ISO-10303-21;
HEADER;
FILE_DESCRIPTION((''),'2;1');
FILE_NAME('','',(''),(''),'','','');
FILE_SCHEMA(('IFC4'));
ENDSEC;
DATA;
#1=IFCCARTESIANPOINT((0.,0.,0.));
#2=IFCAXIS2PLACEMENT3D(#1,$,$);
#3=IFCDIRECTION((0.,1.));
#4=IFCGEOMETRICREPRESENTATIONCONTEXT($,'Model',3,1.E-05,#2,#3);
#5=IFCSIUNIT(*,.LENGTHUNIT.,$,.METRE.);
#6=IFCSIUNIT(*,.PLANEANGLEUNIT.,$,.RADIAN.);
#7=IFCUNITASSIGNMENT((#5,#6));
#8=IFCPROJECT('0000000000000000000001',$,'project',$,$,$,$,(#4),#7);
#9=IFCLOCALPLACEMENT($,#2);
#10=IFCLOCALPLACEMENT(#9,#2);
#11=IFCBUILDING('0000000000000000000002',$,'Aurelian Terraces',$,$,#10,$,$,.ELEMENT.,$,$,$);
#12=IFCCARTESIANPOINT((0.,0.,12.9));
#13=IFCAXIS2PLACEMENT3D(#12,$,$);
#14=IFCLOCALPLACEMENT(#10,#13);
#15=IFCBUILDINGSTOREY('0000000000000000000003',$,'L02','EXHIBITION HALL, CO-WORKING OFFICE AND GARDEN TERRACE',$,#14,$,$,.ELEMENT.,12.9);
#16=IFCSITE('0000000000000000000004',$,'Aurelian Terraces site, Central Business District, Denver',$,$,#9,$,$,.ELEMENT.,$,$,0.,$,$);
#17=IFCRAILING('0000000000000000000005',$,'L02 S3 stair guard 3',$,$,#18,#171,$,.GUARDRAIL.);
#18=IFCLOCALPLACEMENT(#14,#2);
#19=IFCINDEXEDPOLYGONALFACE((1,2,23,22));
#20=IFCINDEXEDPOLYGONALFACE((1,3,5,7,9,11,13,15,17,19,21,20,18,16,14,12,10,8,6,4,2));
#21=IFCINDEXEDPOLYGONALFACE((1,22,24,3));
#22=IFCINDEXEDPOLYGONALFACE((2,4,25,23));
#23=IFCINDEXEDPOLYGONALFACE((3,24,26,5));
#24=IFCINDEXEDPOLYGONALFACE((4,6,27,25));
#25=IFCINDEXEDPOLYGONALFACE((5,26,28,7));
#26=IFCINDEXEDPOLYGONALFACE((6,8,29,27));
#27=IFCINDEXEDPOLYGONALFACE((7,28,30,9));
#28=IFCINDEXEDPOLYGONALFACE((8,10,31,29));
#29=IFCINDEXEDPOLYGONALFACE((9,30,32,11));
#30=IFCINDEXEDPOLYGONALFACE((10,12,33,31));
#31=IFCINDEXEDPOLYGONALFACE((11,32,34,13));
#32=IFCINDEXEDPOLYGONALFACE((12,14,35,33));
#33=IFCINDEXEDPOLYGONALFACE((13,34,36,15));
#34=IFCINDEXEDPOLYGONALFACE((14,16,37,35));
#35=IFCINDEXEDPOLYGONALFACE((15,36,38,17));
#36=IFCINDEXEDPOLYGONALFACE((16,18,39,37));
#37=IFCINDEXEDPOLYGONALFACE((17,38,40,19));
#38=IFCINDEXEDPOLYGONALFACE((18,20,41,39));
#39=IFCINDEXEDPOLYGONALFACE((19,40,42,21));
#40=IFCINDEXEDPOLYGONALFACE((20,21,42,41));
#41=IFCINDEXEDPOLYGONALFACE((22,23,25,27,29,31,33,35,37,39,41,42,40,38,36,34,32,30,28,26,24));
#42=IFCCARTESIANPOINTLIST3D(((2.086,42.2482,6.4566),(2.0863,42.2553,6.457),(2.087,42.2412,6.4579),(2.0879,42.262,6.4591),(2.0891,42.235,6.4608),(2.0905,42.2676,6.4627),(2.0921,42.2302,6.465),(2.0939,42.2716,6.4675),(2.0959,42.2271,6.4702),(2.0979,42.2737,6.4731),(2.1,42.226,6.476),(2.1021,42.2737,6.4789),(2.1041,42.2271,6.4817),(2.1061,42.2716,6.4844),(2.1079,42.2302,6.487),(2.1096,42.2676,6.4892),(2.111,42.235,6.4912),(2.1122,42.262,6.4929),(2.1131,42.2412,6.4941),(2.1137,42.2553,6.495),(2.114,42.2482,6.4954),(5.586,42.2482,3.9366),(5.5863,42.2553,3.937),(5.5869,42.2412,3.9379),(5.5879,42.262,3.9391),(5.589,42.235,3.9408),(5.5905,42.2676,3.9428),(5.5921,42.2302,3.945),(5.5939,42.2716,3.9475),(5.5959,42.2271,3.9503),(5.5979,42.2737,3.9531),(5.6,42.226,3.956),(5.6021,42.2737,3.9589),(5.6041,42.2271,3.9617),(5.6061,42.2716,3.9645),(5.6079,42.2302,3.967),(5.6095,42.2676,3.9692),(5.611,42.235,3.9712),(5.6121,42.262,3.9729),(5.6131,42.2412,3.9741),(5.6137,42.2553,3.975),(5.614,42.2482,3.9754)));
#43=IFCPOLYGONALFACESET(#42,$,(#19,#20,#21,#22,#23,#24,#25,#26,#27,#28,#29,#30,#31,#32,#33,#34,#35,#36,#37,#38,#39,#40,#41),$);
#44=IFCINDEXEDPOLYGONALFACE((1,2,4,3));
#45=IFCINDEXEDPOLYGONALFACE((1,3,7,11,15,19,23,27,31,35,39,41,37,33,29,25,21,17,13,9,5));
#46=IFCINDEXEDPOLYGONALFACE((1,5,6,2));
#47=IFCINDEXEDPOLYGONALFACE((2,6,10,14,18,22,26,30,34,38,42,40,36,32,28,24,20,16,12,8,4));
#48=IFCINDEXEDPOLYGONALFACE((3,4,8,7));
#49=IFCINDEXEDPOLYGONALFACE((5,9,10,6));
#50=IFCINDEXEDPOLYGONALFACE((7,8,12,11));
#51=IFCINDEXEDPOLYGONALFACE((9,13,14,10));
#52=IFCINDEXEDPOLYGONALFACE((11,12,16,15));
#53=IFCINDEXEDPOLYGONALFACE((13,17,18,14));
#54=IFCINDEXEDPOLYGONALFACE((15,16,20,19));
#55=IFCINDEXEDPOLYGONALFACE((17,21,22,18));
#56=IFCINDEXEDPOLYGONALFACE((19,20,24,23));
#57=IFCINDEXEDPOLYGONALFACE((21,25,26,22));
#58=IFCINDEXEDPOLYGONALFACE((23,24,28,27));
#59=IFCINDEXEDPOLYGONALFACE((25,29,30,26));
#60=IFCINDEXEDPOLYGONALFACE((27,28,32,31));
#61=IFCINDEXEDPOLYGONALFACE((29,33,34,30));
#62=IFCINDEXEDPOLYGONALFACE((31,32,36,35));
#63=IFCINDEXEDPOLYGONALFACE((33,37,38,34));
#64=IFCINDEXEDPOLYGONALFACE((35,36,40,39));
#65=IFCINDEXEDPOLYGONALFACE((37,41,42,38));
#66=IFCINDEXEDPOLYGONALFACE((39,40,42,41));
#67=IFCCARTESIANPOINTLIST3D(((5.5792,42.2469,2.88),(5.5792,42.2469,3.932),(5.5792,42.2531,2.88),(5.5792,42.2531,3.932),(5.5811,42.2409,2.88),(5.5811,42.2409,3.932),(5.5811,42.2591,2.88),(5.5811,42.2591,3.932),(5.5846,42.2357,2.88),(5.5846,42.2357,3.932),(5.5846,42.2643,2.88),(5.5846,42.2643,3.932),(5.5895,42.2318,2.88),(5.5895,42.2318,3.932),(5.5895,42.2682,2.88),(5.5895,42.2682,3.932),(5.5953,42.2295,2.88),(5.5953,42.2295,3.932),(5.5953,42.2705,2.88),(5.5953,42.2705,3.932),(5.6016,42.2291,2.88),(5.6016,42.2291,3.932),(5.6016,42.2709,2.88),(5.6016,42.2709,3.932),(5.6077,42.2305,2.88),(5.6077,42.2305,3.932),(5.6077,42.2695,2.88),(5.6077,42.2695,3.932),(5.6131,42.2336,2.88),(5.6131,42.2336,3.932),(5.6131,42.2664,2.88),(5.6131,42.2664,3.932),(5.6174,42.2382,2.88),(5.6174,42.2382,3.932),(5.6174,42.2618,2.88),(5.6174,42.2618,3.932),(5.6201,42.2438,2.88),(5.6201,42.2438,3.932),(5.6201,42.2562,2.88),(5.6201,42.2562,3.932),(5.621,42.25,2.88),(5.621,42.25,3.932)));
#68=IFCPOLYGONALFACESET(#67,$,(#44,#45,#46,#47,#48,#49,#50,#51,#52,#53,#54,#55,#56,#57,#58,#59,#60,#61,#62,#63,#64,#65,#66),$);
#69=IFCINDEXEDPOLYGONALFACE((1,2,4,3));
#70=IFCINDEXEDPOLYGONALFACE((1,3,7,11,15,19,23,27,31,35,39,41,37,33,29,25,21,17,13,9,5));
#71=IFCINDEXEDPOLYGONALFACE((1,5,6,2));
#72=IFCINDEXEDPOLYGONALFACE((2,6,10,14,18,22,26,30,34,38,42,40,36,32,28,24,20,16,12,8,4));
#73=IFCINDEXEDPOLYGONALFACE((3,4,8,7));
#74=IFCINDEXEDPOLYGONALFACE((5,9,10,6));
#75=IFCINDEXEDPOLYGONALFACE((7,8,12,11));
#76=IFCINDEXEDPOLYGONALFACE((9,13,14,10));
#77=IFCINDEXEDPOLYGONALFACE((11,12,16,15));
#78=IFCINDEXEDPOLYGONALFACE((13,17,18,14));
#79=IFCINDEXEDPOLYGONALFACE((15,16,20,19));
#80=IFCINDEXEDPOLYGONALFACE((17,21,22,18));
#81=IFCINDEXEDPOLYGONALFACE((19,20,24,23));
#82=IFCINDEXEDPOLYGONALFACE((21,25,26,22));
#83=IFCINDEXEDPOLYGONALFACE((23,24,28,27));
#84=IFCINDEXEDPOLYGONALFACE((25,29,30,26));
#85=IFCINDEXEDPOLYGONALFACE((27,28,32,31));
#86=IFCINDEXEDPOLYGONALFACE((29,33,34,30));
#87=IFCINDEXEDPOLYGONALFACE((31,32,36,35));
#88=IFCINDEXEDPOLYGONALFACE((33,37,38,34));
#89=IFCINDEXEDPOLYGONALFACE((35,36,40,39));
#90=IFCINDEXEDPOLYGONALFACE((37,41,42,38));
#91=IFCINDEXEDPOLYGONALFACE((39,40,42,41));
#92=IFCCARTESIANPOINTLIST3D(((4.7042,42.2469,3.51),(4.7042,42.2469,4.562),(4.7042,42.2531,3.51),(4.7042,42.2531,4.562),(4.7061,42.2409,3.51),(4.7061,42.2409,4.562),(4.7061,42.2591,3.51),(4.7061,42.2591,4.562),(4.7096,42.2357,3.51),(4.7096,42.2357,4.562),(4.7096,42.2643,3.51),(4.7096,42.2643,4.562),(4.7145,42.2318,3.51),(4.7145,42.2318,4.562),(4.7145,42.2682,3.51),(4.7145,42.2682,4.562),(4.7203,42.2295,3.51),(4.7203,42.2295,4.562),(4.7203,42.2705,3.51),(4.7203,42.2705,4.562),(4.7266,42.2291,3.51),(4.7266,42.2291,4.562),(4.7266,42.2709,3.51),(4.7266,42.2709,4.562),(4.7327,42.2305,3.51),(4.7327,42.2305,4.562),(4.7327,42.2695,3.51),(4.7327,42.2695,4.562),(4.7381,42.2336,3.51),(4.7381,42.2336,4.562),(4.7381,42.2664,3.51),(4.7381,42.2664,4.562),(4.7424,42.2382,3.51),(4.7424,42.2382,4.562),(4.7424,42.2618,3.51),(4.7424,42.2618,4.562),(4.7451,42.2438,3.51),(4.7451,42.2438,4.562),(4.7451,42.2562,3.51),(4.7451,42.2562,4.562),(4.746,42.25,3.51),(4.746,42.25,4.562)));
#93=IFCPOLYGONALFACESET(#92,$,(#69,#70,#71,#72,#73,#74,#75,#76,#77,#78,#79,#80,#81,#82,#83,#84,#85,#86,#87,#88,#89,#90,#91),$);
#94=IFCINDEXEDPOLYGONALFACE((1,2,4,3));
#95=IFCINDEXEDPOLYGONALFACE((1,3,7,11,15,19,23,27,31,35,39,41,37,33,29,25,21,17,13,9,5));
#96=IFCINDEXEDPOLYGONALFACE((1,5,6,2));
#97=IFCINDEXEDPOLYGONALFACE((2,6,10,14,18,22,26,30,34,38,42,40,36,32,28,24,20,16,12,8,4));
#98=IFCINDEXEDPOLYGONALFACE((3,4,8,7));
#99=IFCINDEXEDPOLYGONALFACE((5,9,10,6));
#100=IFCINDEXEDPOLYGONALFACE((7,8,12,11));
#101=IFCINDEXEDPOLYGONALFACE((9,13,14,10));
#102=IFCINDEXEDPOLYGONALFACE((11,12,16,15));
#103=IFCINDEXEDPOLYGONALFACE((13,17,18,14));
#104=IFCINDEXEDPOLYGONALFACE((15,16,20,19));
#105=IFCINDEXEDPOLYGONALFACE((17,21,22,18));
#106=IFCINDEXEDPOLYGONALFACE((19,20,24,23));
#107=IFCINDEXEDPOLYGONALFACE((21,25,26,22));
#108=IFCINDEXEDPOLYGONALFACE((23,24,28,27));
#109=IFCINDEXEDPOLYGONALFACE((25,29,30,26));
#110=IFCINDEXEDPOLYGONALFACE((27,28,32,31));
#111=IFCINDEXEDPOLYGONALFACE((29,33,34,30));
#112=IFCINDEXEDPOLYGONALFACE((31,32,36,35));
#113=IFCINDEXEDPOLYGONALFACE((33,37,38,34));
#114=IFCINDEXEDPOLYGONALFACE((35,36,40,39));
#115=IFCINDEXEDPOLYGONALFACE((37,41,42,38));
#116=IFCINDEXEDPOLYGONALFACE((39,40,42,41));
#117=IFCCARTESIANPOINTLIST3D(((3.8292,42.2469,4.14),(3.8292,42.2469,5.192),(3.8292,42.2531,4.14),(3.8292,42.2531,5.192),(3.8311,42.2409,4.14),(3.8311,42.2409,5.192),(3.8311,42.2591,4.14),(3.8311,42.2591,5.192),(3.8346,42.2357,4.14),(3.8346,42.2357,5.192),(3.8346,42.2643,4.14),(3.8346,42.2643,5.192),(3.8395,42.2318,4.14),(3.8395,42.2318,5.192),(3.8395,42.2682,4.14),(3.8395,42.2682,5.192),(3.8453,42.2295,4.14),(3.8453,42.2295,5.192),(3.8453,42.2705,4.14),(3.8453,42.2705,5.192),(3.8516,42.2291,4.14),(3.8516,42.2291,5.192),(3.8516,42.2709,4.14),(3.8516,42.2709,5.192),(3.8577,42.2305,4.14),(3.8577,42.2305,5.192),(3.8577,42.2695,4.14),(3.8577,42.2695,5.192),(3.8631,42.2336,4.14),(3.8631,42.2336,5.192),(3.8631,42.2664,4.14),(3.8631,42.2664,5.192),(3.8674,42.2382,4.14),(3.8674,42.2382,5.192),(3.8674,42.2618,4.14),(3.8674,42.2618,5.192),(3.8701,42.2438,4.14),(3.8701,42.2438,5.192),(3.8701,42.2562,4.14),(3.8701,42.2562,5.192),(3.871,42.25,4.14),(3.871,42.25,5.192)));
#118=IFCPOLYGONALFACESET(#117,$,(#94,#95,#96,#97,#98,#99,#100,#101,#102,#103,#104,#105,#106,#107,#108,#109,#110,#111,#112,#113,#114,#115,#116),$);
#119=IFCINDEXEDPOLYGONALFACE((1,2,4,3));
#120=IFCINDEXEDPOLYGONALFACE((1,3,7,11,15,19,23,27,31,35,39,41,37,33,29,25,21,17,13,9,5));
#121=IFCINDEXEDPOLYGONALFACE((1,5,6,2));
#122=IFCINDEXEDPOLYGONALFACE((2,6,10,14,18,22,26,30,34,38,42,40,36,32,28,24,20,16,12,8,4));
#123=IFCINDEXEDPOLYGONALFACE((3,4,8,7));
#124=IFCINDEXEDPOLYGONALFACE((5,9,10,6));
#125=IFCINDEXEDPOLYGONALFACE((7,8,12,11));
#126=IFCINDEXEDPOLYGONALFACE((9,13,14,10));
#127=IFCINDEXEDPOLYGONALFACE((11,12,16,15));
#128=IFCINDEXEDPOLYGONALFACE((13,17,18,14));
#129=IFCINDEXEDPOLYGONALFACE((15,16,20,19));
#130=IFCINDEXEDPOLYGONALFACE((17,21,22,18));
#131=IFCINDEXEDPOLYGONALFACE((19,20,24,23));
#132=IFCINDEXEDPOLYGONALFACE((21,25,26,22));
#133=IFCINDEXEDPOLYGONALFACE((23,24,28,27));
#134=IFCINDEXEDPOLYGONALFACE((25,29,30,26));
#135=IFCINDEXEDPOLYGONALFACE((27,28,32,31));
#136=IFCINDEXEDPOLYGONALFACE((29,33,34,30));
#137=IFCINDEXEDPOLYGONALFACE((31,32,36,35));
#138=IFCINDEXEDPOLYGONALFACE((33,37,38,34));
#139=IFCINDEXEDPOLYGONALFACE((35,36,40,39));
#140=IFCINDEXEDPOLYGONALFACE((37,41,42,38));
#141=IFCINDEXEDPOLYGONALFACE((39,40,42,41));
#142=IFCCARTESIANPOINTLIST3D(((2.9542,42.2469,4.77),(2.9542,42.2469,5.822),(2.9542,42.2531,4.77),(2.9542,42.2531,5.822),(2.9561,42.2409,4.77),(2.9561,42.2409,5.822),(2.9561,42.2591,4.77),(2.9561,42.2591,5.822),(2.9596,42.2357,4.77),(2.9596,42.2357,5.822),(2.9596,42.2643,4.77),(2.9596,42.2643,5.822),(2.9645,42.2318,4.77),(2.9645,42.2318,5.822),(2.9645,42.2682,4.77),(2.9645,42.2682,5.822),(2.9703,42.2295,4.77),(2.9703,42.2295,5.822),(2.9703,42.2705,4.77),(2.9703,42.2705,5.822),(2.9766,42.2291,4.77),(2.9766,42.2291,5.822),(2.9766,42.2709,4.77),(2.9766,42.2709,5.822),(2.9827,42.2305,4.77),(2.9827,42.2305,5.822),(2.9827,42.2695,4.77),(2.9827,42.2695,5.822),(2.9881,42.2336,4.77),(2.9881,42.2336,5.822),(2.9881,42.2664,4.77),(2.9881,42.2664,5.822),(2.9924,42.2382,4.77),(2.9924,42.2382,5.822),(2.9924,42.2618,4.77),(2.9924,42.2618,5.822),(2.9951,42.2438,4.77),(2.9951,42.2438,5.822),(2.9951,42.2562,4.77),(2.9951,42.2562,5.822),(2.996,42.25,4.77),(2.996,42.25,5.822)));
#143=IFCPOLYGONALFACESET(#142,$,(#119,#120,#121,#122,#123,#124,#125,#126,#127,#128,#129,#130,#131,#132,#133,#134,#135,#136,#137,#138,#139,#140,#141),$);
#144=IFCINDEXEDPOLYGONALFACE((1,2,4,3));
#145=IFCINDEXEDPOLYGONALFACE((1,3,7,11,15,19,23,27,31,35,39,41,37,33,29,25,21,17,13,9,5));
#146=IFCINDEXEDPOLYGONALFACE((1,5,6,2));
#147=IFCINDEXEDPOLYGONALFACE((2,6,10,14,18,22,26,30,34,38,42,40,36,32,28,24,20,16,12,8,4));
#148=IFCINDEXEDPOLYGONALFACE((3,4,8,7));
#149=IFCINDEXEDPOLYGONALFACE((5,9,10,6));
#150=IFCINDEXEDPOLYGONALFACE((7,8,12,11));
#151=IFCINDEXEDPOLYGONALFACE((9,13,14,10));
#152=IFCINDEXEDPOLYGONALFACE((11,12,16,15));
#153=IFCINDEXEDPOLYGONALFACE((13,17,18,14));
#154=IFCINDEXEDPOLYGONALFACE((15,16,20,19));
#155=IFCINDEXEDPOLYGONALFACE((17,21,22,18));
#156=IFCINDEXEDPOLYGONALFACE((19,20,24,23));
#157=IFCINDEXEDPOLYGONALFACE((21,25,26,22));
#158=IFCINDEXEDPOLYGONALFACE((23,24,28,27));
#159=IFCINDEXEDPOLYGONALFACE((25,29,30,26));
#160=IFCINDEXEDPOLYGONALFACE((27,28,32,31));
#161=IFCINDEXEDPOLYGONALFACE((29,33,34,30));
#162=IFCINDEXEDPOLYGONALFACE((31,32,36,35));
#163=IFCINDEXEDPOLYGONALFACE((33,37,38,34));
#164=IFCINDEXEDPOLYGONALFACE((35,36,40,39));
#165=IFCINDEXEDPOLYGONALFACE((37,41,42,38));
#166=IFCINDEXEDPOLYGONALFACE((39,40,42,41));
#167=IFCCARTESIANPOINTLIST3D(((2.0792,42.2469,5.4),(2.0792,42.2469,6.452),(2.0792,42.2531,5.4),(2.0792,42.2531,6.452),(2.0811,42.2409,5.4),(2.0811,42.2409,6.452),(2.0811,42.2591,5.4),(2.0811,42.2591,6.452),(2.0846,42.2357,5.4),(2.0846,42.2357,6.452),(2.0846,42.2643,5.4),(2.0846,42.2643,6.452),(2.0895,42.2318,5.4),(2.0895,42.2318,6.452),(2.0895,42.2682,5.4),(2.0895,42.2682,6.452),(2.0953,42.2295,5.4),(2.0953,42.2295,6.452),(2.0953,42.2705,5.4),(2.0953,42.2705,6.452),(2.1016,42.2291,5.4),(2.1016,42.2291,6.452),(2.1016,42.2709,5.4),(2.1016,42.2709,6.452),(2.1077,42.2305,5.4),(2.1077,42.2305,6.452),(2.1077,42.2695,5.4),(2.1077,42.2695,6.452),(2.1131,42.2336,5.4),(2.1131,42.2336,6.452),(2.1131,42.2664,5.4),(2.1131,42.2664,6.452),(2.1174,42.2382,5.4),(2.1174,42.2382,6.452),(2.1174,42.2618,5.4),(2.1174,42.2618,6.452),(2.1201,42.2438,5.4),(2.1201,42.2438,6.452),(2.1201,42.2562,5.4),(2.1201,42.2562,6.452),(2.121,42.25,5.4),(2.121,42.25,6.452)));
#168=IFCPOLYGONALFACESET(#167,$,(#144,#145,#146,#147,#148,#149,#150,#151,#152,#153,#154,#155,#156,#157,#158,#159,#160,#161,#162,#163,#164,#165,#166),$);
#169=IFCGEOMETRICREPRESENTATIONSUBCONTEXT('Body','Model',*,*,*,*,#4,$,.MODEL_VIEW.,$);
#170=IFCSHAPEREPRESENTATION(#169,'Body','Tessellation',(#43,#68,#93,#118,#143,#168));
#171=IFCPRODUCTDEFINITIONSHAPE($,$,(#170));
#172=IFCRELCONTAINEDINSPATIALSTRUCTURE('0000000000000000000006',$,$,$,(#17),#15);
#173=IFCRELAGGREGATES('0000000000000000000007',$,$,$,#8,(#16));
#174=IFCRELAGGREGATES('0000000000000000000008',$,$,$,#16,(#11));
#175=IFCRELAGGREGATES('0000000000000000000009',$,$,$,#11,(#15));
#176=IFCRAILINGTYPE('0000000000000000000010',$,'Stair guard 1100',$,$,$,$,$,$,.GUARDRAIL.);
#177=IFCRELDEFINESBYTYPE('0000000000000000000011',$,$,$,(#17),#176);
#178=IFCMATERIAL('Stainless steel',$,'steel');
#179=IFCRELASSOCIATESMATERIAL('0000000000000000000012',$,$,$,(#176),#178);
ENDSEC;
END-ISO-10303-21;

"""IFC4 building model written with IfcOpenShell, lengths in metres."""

from ifc_helpers import new_model, si_unit, direction, frame, origin, origin_2d, place, context, subcontext, project, spatial, circle, extrude, source, transform, mapped, material, type_object, element, save


model = new_model("IFC4")

# Units and contexts
model_context = context("Model", 3, precision=1e-05, world=origin(), true_north=direction((0.0, 1.0)))
body_context = subcontext(model_context, "Body", "Model", "MODEL_VIEW")
ifc_project = project(units=[si_unit("LENGTHUNIT", "METRE"), si_unit("PLANEANGLEUNIT", "RADIAN")], contexts=[model_context])

# Site, building, storey
site_placement = place(None, origin())
site = spatial("IfcSite", under=ifc_project, at=site_placement, Name="Aurelian Terraces site, Central Business District, Denver", CompositionType="ELEMENT", RefElevation=0.0)
building_placement = place(site_placement, origin())
building = spatial("IfcBuilding", under=site, at=building_placement, Name="Aurelian Terraces", CompositionType="ELEMENT")
storey_placement = place(building_placement, frame((0.0, 0.0, 12.9)))
storey = spatial("IfcBuildingStorey", under=building, at=storey_placement, Name="L02", Description="EXHIBITION HALL, CO-WORKING OFFICE AND GARDEN TERRACE", CompositionType="ELEMENT", Elevation=12.9)

# Railing
ifc_material_1 = material(Name="Stainless steel", Category="steel")
railing_type_1 = type_object("IfcRailingType", Name="Stair guard 1100", PredefinedType="GUARDRAIL", material=ifc_material_1)
shared_shape_1 = source(origin(), body_context, "Body", "SweptSolid", [
    extrude(circle(Radius=0.024, at=origin_2d()), frame((0.0, 0.0, 1.076), z_axis=(-0.811534, 0.0, 0.584305), x_axis=(0.0, -1.0, 0.0)), (0.0, 0.0, 1.0), 4.3128),
    extrude(circle(Radius=0.021, at=origin_2d()), origin(), (0.0, 0.0, 1.0), 1.052),
    extrude(circle(Radius=0.021, at=origin_2d()), frame((-0.875, 0.0, 0.63)), (0.0, 0.0, 1.0), 1.052),
    extrude(circle(Radius=0.021, at=origin_2d()), frame((-1.75, 0.0, 1.26)), (0.0, 0.0, 1.0), 1.052),
    extrude(circle(Radius=0.021, at=origin_2d()), frame((-2.625, 0.0, 1.89)), (0.0, 0.0, 1.0), 1.052),
    extrude(circle(Radius=0.021, at=origin_2d()), frame((-3.5, 0.0, 2.52)), (0.0, 0.0, 1.0), 1.052),
])
railing_1_placement = place(storey_placement, frame((5.6, 42.25, 2.88)))
element("IfcRailing", 1, at=railing_1_placement, inside=storey, type_object=railing_type_1, Name="L02 S3 stair guard 3", PredefinedType="GUARDRAIL", context=body_context, shape_type="MappedRepresentation", body=[
    mapped(shared_shape_1, transform((0.0, 0.0, 0.0), scale=1.0)),
])

save(model, "model.ifc")
